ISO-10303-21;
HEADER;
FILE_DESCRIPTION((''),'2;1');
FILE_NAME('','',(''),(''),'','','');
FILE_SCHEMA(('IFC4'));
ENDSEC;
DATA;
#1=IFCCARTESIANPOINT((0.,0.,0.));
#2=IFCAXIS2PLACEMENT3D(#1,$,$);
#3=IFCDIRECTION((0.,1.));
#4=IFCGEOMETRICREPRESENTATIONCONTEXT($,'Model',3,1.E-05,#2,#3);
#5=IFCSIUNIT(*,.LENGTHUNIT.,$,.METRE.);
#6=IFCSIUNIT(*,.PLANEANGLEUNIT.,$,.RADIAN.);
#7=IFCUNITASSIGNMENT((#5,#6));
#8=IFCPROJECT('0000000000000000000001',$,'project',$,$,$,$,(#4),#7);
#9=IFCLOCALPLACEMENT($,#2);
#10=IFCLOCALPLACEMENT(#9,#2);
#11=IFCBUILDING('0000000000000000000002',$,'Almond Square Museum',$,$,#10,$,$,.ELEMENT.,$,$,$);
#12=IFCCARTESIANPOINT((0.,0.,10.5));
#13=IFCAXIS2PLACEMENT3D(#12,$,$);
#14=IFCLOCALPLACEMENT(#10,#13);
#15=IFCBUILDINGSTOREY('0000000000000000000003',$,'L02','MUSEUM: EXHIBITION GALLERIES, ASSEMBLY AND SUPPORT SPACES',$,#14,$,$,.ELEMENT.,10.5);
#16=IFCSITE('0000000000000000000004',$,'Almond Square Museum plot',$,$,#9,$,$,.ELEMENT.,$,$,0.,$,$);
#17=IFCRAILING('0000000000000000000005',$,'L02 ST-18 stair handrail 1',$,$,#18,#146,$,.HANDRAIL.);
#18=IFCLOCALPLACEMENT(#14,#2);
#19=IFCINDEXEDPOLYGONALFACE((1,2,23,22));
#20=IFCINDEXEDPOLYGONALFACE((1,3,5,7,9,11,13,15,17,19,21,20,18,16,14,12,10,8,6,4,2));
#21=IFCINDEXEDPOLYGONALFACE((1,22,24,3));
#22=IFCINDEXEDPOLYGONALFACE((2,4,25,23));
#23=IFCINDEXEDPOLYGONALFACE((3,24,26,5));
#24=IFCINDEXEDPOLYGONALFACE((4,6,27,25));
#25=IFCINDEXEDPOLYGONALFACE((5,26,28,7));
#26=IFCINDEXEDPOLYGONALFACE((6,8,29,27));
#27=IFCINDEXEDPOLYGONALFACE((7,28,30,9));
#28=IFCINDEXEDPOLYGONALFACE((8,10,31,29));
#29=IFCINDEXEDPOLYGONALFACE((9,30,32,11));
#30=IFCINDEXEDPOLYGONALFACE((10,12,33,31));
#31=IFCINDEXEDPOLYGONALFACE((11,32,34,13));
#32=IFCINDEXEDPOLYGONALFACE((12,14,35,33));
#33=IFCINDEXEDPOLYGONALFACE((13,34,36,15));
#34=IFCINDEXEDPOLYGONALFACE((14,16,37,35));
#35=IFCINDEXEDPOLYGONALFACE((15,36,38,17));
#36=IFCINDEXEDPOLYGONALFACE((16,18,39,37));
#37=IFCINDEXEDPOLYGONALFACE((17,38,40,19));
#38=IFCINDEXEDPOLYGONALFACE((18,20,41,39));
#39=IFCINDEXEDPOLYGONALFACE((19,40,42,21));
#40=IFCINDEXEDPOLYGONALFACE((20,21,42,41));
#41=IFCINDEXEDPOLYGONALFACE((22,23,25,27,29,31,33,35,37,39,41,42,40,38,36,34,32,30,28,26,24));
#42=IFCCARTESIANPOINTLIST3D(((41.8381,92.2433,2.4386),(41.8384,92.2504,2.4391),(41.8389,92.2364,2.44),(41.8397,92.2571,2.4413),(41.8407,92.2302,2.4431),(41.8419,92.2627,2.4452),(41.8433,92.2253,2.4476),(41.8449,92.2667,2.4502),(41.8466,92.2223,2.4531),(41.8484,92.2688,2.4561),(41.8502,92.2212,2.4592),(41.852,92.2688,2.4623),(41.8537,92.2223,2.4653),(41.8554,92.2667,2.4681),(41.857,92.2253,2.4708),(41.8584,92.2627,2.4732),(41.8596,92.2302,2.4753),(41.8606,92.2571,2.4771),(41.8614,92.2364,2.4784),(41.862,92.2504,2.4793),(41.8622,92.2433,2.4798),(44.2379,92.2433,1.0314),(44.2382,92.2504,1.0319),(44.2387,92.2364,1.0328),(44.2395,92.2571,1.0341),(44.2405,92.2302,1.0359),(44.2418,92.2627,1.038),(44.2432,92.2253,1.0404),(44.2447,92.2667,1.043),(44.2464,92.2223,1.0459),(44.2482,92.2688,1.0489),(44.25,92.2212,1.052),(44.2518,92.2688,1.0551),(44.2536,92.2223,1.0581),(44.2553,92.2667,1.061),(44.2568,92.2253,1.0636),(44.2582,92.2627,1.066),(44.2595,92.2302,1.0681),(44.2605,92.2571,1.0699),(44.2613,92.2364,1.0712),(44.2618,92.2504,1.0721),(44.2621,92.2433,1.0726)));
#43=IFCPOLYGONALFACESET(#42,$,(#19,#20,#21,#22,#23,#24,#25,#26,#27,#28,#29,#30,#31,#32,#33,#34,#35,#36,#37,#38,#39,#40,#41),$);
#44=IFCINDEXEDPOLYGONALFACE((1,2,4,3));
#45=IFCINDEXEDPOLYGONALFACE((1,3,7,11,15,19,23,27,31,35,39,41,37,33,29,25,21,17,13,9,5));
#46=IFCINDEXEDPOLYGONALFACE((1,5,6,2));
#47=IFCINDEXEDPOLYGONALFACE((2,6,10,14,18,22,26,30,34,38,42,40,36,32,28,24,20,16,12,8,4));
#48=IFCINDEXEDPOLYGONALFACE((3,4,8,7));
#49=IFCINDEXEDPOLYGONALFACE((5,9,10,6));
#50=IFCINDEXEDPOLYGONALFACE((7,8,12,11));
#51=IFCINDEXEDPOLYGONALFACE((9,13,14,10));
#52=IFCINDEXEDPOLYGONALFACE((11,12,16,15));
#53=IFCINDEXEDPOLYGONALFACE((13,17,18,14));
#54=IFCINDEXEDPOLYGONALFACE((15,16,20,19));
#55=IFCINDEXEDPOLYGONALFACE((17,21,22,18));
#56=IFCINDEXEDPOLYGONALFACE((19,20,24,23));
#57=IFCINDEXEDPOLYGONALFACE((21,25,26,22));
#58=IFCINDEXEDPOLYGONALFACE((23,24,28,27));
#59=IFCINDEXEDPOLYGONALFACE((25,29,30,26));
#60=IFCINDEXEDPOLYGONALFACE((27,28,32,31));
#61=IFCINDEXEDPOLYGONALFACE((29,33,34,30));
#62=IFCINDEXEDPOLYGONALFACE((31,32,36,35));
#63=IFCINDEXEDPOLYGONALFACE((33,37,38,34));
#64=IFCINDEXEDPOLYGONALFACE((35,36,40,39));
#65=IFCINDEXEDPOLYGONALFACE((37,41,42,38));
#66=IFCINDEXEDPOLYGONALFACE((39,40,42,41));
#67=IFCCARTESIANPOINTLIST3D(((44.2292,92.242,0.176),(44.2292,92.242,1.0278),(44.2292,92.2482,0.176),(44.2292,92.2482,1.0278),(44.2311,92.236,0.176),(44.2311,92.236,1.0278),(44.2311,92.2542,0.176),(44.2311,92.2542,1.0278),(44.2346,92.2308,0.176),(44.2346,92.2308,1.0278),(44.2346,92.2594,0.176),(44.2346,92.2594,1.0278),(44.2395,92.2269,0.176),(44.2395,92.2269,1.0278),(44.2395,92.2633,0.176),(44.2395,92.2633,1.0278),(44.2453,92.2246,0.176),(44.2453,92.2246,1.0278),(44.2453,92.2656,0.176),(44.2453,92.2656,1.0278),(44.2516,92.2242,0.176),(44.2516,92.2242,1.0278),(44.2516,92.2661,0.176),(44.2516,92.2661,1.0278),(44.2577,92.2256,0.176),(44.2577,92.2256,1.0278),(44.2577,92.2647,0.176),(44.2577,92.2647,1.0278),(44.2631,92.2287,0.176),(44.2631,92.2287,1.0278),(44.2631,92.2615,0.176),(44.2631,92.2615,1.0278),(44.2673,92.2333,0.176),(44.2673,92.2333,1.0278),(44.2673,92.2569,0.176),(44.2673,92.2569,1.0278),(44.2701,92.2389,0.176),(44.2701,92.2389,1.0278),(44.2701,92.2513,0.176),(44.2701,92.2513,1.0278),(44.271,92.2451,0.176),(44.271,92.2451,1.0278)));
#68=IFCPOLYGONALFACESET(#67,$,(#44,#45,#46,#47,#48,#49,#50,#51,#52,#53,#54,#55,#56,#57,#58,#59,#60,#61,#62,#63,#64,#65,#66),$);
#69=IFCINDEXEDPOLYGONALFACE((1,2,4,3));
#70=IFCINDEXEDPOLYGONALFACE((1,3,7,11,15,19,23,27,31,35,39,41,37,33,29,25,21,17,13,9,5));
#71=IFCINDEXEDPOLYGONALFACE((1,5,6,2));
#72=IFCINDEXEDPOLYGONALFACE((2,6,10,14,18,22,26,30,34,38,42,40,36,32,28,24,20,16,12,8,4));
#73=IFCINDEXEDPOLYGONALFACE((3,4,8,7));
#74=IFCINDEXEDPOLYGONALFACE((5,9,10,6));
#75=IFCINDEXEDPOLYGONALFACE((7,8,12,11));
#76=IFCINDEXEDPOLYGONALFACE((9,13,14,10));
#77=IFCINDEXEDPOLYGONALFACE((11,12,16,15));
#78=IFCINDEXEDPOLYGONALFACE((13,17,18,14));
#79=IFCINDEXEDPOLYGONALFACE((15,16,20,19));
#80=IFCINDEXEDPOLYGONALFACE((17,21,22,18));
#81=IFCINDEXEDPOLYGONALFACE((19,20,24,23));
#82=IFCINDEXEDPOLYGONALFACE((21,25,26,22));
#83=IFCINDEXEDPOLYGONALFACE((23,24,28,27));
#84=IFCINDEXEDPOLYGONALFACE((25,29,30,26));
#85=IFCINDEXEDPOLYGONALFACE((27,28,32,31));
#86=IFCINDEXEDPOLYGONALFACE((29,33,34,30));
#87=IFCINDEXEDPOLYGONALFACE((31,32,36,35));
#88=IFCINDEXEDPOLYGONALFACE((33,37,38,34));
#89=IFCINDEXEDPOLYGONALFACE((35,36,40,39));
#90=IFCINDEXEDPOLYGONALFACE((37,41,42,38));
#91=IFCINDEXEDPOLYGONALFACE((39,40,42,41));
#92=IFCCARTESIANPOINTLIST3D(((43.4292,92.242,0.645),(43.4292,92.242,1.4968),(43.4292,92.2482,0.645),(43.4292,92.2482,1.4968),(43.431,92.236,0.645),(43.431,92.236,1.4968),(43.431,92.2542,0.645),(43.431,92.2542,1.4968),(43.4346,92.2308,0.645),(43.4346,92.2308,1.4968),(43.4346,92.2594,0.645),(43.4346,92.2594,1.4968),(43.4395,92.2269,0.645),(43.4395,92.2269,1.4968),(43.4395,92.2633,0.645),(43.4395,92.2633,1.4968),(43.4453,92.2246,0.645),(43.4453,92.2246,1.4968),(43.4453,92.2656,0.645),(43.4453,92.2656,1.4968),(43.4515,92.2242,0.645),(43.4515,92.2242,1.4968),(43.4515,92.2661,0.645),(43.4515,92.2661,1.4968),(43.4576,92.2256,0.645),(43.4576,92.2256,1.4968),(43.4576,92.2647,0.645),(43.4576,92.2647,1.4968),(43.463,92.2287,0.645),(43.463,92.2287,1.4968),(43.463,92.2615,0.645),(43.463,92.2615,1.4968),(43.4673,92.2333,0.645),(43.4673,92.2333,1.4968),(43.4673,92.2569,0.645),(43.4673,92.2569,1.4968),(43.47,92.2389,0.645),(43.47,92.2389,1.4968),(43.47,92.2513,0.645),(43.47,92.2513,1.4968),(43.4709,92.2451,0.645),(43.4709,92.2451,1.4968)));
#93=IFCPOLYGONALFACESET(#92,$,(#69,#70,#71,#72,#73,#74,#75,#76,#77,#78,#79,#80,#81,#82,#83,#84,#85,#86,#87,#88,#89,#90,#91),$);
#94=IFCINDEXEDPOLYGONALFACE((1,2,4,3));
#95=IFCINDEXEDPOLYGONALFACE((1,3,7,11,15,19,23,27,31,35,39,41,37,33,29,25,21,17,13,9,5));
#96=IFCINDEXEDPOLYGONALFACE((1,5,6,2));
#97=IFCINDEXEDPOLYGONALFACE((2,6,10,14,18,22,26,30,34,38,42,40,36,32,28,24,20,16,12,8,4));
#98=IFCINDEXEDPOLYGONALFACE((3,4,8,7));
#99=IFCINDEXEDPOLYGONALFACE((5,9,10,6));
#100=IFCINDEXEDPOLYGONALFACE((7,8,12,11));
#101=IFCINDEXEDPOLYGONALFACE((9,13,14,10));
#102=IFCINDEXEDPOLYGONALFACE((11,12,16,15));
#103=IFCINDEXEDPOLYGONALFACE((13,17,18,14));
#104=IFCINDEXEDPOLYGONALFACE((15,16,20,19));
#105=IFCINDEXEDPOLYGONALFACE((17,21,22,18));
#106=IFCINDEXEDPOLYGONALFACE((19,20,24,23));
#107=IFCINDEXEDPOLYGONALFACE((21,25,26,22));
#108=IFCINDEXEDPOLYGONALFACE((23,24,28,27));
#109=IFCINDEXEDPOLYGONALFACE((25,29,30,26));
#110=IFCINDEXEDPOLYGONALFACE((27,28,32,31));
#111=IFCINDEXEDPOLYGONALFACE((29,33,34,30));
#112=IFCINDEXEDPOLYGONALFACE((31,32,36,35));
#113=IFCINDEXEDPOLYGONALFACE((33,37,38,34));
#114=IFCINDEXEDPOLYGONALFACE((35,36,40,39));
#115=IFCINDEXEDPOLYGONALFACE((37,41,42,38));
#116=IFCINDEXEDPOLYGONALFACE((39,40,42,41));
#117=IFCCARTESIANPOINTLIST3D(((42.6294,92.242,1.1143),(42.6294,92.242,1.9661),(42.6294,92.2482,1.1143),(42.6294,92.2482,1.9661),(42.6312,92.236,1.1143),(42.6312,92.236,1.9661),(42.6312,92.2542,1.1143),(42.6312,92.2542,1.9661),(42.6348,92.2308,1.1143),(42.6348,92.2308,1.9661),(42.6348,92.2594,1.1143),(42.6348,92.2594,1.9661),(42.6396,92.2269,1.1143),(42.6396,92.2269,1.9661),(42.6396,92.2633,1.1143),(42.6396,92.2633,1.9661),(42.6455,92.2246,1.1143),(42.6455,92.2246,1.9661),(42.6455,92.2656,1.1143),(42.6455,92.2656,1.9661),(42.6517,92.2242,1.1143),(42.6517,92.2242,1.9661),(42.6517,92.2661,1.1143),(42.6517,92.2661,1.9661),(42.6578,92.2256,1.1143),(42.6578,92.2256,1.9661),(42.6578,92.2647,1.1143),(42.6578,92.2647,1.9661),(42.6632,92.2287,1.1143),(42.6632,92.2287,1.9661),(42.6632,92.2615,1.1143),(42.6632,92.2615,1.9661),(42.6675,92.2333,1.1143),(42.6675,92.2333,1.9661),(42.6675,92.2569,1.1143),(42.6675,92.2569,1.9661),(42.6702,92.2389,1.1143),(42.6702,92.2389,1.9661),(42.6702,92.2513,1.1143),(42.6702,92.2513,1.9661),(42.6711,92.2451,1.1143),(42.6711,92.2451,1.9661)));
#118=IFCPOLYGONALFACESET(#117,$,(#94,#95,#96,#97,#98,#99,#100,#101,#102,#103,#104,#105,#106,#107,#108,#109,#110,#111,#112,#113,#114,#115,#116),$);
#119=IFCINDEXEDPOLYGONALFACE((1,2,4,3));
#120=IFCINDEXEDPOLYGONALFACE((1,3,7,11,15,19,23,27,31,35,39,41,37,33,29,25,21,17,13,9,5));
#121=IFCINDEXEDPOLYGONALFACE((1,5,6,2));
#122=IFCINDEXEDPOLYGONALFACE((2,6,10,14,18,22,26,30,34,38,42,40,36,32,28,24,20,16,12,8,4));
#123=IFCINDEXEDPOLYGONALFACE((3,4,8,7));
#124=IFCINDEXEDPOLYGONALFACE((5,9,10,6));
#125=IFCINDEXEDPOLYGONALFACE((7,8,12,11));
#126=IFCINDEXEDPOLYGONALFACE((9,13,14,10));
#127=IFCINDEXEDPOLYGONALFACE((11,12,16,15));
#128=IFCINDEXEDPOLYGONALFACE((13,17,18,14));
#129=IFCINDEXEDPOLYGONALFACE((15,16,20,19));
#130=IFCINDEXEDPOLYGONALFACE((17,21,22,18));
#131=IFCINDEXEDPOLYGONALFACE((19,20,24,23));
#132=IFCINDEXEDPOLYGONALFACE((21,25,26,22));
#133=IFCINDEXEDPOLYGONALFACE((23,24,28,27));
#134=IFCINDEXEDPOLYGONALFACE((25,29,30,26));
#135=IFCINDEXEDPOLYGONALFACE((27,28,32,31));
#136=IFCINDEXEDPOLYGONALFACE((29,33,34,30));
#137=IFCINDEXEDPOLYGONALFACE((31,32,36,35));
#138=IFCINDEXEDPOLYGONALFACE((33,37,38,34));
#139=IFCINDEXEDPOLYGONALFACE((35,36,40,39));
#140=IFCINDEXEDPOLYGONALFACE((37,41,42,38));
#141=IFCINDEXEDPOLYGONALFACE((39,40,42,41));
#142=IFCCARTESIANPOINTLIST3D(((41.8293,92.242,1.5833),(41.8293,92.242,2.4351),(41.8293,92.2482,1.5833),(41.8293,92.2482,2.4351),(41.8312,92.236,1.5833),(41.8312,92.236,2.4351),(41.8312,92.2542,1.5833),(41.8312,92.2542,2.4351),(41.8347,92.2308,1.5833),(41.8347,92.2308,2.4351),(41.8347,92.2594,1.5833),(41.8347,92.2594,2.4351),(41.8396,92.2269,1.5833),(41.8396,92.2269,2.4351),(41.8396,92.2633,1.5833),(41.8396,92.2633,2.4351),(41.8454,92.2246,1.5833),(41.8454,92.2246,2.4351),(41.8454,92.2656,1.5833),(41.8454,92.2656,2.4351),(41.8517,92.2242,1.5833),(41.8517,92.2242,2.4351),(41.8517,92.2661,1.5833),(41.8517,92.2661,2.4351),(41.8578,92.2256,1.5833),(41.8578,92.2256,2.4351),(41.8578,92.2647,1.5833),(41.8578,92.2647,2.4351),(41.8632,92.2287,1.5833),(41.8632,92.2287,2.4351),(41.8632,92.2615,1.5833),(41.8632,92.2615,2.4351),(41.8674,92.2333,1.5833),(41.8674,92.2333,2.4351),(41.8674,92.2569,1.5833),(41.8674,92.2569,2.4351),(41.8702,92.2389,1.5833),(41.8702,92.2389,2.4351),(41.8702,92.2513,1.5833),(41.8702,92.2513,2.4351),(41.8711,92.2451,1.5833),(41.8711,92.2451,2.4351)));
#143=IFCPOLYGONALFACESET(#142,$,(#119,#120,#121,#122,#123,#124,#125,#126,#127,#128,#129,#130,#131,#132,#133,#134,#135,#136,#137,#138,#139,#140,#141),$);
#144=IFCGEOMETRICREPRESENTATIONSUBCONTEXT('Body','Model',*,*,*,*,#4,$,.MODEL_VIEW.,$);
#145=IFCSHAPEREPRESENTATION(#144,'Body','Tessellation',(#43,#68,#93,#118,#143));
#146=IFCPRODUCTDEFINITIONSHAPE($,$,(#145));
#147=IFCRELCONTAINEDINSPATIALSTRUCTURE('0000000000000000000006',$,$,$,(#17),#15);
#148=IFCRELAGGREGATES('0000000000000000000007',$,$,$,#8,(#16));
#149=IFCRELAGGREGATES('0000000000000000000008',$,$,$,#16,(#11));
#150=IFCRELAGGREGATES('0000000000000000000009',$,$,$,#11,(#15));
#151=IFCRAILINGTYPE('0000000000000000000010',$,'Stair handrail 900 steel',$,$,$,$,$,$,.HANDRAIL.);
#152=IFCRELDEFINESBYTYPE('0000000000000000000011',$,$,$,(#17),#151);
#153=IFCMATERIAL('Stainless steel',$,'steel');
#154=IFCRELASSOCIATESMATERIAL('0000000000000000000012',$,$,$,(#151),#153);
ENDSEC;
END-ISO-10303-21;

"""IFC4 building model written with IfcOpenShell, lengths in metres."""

from ifc_helpers import new_model, si_unit, direction, frame, origin, origin_2d, place, context, subcontext, project, spatial, circle, extrude, material, type_object, element, save


model = new_model("IFC4")

# Units and contexts
model_context = context("Model", 3, precision=1e-05, world=origin(), true_north=direction((0.0, 1.0)))
body_context = subcontext(model_context, "Body", "Model", "MODEL_VIEW")
ifc_project = project(units=[si_unit("LENGTHUNIT", "METRE"), si_unit("PLANEANGLEUNIT", "RADIAN")], contexts=[model_context])

# Site, building, storey
site_placement = place(None, origin())
site = spatial("IfcSite", under=ifc_project, at=site_placement, Name="Almond Square Museum plot", CompositionType="ELEMENT", RefElevation=0.0)
building_placement = place(site_placement, origin())
building = spatial("IfcBuilding", under=site, at=building_placement, Name="Almond Square Museum", CompositionType="ELEMENT")
storey_placement = place(building_placement, frame((0.0, 0.0, 10.5)))
storey = spatial("IfcBuildingStorey", under=building, at=storey_placement, Name="L02", Description="MUSEUM: EXHIBITION GALLERIES, ASSEMBLY AND SUPPORT SPACES", CompositionType="ELEMENT", Elevation=10.5)

# Railing
ifc_material_1 = material(Name="Stainless steel", Category="steel")
railing_type_1 = type_object("IfcRailingType", Name="Stair handrail 900 steel", PredefinedType="HANDRAIL", material=ifc_material_1)
railing_1_placement = place(storey_placement, frame((44.25, 92.2451, 0.176)))
element("IfcRailing", 1, at=railing_1_placement, inside=storey, type_object=railing_type_1, Name="L02 ST-18 stair handrail 1", PredefinedType="HANDRAIL", context=body_context, shape_type="SweptSolid", body=[
    extrude(circle(Radius=0.0239, at=origin_2d()), frame((0.0, 0.0, 0.876), z_axis=(-0.862637, 0.0, 0.505823), x_axis=(0.0, -1.0, 0.0)), (0.0, 0.0, 1.0), 2.782),
    extrude(circle(Radius=0.021, at=origin_2d()), origin(), (0.0, 0.0, 1.0), 0.8518),
    extrude(circle(Radius=0.021, at=origin_2d()), frame((-0.8, 0.0, 0.469)), (0.0, 0.0, 1.0), 0.8518),
    extrude(circle(Radius=0.021, at=origin_2d()), frame((-1.5999, 0.0, 0.9382)), (0.0, 0.0, 1.0), 0.8518),
    extrude(circle(Radius=0.021, at=origin_2d()), frame((-2.3999, 0.0, 1.4072)), (0.0, 0.0, 1.0), 0.8518),
])

save(model, "model.ifc")
